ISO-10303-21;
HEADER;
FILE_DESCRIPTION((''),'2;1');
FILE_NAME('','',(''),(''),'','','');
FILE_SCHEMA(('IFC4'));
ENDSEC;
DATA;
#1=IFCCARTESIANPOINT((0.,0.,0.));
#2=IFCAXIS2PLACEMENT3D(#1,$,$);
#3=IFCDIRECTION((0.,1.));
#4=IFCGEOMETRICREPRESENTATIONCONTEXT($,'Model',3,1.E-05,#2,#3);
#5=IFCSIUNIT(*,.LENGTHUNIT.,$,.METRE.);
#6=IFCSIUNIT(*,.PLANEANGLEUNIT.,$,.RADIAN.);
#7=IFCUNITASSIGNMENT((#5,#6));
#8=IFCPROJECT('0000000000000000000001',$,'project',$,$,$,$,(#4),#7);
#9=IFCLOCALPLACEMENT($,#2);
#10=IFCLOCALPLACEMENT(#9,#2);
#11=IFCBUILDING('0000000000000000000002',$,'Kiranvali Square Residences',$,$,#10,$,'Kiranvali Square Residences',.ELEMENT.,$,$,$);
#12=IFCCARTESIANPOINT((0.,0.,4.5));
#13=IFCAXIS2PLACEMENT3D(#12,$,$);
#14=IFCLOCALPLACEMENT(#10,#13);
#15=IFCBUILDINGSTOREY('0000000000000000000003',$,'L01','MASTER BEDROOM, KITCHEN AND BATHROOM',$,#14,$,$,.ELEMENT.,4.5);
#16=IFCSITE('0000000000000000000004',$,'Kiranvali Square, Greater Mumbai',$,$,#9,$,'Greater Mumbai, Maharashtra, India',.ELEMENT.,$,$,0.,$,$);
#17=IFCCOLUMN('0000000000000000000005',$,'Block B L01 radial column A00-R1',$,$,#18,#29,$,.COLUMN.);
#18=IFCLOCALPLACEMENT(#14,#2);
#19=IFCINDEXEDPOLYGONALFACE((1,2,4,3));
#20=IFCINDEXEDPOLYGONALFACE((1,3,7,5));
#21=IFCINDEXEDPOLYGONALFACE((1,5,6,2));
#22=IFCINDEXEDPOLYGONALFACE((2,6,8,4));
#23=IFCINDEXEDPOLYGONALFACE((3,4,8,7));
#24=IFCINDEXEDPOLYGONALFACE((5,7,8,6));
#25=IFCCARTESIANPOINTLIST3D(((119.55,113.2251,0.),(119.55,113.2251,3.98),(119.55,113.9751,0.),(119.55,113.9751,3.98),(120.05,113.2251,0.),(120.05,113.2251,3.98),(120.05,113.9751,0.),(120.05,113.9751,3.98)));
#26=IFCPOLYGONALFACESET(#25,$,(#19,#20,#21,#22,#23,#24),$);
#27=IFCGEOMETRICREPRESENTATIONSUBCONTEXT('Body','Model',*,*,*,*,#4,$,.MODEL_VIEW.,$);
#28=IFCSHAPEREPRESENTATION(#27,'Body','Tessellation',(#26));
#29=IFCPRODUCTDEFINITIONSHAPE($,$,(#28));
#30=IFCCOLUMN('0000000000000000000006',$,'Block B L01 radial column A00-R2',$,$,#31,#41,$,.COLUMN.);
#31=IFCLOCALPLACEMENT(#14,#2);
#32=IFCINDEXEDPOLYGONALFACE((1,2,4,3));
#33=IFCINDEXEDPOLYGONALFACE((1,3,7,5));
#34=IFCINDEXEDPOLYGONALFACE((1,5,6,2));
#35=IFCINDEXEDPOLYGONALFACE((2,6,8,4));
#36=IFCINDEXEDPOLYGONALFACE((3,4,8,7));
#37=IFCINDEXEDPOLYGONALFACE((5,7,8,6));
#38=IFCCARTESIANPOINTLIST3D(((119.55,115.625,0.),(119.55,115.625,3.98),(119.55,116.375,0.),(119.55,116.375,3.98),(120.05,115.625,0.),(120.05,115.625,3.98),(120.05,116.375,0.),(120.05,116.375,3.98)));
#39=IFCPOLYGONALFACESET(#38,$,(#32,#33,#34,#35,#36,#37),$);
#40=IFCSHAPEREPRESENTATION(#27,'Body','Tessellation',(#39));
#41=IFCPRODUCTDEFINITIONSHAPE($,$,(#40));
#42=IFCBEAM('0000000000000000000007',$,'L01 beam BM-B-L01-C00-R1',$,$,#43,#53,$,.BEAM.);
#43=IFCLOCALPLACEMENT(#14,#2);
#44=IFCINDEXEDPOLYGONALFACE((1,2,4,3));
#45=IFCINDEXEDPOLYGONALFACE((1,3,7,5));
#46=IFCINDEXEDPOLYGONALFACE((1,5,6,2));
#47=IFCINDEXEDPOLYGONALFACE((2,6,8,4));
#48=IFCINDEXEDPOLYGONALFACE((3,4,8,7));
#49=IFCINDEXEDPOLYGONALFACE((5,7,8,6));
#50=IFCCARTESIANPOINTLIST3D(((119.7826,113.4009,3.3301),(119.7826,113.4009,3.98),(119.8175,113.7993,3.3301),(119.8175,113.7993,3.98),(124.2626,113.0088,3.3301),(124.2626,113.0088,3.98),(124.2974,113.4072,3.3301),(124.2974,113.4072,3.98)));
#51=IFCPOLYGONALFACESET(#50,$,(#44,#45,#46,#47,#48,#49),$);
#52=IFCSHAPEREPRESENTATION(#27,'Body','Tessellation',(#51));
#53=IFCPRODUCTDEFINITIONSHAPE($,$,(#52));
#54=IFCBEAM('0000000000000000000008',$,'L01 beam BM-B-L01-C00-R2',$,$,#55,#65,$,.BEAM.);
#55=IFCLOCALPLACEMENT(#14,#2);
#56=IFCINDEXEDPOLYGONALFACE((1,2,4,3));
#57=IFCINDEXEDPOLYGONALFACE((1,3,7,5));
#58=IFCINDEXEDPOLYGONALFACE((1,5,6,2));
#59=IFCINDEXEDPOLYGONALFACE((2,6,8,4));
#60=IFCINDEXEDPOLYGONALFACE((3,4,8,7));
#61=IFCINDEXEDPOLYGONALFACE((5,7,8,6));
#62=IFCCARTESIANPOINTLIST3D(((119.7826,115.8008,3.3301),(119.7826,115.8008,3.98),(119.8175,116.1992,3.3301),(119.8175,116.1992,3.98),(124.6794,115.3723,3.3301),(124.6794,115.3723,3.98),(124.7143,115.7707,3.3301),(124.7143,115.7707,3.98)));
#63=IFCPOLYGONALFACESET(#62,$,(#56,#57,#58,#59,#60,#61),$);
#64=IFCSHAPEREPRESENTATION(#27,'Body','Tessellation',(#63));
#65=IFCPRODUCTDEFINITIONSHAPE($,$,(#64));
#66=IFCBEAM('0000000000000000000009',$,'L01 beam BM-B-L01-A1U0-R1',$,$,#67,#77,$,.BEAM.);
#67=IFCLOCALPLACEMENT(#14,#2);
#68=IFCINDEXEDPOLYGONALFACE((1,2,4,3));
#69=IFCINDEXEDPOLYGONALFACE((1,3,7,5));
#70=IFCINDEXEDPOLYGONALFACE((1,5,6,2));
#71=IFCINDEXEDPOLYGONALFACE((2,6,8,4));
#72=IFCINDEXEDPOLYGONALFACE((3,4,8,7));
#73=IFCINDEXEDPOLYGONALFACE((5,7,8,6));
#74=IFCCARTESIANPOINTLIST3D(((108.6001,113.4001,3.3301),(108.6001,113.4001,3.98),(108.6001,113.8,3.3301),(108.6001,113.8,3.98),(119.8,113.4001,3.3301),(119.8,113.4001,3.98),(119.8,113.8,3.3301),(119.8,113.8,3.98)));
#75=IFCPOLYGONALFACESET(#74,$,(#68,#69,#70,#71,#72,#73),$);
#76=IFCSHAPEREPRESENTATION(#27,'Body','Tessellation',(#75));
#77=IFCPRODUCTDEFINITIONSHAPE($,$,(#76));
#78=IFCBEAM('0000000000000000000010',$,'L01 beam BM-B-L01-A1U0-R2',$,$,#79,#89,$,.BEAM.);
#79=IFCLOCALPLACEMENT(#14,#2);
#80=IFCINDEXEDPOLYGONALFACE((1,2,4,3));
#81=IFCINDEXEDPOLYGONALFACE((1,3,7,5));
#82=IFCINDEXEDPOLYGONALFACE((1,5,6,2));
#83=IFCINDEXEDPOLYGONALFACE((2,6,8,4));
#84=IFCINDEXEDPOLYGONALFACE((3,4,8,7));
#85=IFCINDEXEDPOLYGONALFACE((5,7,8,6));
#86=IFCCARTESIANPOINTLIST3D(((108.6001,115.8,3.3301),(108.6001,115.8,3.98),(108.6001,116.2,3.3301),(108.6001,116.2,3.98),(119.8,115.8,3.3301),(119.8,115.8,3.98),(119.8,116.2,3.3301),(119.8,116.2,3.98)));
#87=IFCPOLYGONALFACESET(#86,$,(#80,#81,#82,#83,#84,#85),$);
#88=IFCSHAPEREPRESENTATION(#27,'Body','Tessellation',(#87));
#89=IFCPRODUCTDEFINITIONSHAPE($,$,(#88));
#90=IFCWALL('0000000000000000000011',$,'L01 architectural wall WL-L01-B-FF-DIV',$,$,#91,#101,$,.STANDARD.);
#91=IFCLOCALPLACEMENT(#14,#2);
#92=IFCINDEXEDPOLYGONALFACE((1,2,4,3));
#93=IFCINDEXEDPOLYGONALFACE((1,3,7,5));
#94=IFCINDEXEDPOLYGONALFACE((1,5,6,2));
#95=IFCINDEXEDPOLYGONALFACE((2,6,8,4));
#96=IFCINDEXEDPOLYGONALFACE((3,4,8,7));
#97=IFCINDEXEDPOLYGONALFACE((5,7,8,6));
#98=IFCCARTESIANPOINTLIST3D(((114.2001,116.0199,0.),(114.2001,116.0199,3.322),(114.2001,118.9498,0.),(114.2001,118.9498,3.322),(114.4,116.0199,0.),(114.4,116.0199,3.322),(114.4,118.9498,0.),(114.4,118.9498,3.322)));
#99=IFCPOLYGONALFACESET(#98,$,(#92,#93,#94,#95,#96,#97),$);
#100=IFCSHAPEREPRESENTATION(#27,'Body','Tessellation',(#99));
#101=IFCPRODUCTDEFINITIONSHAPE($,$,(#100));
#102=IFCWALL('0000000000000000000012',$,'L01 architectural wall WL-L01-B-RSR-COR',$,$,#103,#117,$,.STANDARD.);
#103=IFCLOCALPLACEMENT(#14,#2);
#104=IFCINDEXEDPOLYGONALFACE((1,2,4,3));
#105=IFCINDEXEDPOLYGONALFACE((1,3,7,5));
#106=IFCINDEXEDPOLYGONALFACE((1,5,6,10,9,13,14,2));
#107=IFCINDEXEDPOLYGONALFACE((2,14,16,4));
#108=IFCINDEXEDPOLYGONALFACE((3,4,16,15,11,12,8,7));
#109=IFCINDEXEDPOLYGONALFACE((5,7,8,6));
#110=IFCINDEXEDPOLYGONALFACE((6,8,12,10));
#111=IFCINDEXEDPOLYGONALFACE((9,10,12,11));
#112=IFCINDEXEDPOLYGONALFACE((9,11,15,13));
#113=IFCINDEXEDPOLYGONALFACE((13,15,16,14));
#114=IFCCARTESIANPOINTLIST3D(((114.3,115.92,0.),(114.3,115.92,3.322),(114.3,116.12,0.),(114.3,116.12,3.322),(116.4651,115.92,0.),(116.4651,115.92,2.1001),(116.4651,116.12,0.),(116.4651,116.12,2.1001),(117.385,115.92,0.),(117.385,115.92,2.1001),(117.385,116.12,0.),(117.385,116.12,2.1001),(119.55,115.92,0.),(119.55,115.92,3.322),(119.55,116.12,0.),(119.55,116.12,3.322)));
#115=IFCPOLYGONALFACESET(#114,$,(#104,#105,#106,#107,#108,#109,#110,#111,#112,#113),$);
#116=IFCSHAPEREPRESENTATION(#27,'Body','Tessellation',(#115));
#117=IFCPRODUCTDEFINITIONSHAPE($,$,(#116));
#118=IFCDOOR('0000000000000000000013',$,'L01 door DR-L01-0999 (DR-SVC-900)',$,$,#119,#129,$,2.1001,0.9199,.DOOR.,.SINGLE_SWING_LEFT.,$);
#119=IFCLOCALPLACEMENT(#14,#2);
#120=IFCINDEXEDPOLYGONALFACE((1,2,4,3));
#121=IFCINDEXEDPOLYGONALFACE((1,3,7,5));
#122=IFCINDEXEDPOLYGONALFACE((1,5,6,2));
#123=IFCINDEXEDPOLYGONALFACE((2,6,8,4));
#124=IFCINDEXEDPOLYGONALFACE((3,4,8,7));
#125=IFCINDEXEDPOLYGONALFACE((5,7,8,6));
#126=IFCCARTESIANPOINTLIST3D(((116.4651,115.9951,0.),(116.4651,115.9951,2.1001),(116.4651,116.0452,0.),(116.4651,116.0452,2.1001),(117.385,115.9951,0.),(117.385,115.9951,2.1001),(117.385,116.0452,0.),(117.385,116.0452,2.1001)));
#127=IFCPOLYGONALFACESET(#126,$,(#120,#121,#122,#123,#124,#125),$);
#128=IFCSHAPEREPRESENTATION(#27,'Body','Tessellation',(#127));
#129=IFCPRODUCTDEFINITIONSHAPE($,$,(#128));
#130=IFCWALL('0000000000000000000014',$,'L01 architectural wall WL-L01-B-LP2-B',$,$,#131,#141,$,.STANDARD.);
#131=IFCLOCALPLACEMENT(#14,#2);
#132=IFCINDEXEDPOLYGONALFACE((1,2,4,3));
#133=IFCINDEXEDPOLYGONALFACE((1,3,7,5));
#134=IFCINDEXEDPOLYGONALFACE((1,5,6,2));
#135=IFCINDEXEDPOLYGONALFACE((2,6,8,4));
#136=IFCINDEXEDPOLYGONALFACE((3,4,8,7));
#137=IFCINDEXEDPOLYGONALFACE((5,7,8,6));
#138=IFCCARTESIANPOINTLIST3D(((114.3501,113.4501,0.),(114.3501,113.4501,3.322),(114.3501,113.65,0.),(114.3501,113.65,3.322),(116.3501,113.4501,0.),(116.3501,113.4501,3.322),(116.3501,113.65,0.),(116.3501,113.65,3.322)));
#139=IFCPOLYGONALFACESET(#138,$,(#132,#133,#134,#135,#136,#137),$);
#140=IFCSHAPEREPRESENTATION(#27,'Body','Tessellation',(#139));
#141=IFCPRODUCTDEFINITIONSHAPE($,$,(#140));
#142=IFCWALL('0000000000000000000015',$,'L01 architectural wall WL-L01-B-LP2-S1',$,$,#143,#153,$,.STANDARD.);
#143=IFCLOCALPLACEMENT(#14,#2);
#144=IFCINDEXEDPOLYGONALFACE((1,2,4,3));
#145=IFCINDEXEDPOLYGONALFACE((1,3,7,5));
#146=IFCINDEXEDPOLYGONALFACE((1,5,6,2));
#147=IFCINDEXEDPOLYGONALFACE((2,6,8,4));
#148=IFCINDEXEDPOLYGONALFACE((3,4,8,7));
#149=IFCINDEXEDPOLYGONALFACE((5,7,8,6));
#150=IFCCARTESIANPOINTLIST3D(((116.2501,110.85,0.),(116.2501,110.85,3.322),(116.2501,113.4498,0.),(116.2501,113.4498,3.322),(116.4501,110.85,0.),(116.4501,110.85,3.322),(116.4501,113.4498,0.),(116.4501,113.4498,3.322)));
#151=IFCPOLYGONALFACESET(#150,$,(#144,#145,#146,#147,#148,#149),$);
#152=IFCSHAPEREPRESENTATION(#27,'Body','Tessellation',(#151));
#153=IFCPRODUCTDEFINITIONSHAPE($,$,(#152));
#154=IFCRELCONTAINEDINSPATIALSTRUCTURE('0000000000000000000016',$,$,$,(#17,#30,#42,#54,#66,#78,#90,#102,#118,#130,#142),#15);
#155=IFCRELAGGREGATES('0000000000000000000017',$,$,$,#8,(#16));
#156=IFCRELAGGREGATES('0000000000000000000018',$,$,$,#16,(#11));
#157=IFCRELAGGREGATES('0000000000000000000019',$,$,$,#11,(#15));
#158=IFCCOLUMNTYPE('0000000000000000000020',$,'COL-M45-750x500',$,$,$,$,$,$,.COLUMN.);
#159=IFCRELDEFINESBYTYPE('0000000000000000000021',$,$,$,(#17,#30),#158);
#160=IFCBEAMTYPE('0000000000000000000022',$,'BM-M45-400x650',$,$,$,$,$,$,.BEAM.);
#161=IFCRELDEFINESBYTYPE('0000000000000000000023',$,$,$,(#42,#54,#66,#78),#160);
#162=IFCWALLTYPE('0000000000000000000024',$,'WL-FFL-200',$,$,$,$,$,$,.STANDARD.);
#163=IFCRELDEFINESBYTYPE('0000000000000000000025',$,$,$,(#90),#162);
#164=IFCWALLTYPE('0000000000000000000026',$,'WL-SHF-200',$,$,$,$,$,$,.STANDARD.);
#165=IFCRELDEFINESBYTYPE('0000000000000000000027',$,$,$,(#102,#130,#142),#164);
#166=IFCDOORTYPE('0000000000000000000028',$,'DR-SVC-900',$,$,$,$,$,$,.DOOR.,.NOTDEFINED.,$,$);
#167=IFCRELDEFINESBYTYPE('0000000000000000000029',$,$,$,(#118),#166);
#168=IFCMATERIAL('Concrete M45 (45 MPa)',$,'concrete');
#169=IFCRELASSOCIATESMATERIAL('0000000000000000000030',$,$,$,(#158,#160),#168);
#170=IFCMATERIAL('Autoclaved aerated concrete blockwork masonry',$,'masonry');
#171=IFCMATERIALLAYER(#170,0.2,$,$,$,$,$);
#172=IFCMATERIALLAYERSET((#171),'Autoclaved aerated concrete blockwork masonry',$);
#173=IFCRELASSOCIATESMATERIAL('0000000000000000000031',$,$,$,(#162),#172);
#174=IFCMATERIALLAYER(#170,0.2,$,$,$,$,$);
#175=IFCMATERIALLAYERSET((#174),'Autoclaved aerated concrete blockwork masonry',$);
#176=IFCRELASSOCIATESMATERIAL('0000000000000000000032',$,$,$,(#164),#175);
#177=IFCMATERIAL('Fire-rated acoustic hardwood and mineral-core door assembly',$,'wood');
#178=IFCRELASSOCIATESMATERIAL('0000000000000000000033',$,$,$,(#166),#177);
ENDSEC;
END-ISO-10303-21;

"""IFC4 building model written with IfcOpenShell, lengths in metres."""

from ifc_helpers import new_model, si_unit, direction, frame, frame_2d, origin, origin_2d, place, context, subcontext, project, spatial, rectangle, extrude, material, layer, layer_set, material_profile, profile_set, type_object, element, fill, save


model = new_model("IFC4")

# Units and contexts
model_context = context("Model", 3, precision=1e-05, world=origin(), true_north=direction((0.0, 1.0)))
body_context = subcontext(model_context, "Body", "Model", "MODEL_VIEW")
ifc_project = project(units=[si_unit("LENGTHUNIT", "METRE"), si_unit("PLANEANGLEUNIT", "RADIAN")], contexts=[model_context])

# Site, building, storey
site_placement = place(None, origin())
site = spatial("IfcSite", under=ifc_project, at=site_placement, Name="Kiranvali Square, Greater Mumbai", LongName="Greater Mumbai, Maharashtra, India", CompositionType="ELEMENT", RefElevation=0.0)
building_placement = place(site_placement, origin())
building = spatial("IfcBuilding", under=site, at=building_placement, Name="Kiranvali Square Residences", LongName="Kiranvali Square Residences", CompositionType="ELEMENT")
storey_placement = place(building_placement, frame((0.0, 0.0, 4.5)))
storey = spatial("IfcBuildingStorey", under=building, at=storey_placement, Name="L01", Description="MASTER BEDROOM, KITCHEN AND BATHROOM", CompositionType="ELEMENT", Elevation=4.5)

# Columns
ifc_material_1 = material(Name="Concrete M45 (45 MPa)", Category="concrete")
ifc_material_profile_1 = material_profile(ifc_material_1, rectangle(XDim=0.5, YDim=0.75, at=origin_2d()), Name="RC 750x500")
ifc_profile_set_1 = profile_set([ifc_material_profile_1], Name="Concrete M45 (45 MPa)")
column_type = type_object("IfcColumnType", Name="COL-M45-750x500", PredefinedType="COLUMN", material=ifc_profile_set_1)
for number, where, z_axis, x_axis, name in (
    (1, (119.8, 113.6001, 0.0), (0.0, 0.0, 1.0), (1.0, 0.0, 0.0), "Block B L01 radial column A00-R1"),
    (2, (119.8, 116.0, 0.0), (0.0, 0.0, 1.0), (1.0, 0.0, 0.0), "Block B L01 radial column A00-R2"),
):
    element("IfcColumn", number, at=place(storey_placement, frame(where, z_axis=z_axis, x_axis=x_axis)), inside=storey, type_object=column_type, Name=name, PredefinedType="COLUMN", context=body_context, shape_type="SweptSolid", body=[
        extrude(rectangle(XDim=0.5, YDim=0.75, at=origin_2d()), origin(), (0.0, 0.0, 1.0), 3.98),
    ])

# Beams
ifc_material_profile_2 = material_profile(ifc_material_1, rectangle(XDim=0.3999, YDim=0.6499, at=origin_2d()), Name="RC 400x650")
ifc_profile_set_2 = profile_set([ifc_material_profile_2], Name="Concrete M45 (45 MPa)")
beam_type = type_object("IfcBeamType", Name="BM-M45-400x650", PredefinedType="BEAM", material=ifc_profile_set_2)
beam_1_placement = place(storey_placement, frame((119.8, 113.6001, 3.655), z_axis=(0.996192, -0.087187, 0.0), x_axis=(0.087187, 0.996192, 0.0)))
element("IfcBeam", 3, at=beam_1_placement, inside=storey, type_object=beam_type, Name="L01 beam BM-B-L01-C00-R1", PredefinedType="BEAM", context=body_context, shape_type="SweptSolid", body=[
    extrude(rectangle(XDim=0.3999, YDim=0.6499, at=origin_2d()), origin(), (0.0, 0.0, 1.0), 4.4971),
])
beam_2_placement = place(storey_placement, frame((119.8, 116.0, 3.655), z_axis=(0.996194, -0.087168, 0.0), x_axis=(0.087168, 0.996194, 0.0)))
element("IfcBeam", 4, at=beam_2_placement, inside=storey, type_object=beam_type, Name="L01 beam BM-B-L01-C00-R2", PredefinedType="BEAM", context=body_context, shape_type="SweptSolid", body=[
    extrude(rectangle(XDim=0.3999, YDim=0.6499, at=origin_2d()), origin(), (0.0, 0.0, 1.0), 4.9155),
])
for number, where, z_axis, x_axis, name in (
    (5, (119.8, 113.6001, 3.655), (-1.0, 0.0, 0.0), (0.0, -1.0, 0.0), "L01 beam BM-B-L01-A1U0-R1"),
    (6, (119.8, 116.0, 3.655), (-1.0, 0.0, 0.0), (0.0, -1.0, 0.0), "L01 beam BM-B-L01-A1U0-R2"),
):
    element("IfcBeam", number, at=place(storey_placement, frame(where, z_axis=z_axis, x_axis=x_axis)), inside=storey, type_object=beam_type, Name=name, PredefinedType="BEAM", context=body_context, shape_type="SweptSolid", body=[
        extrude(rectangle(XDim=0.3999, YDim=0.6499, at=origin_2d()), origin(), (0.0, 0.0, 1.0), 11.2),
    ])

# Shared definitions
ifc_material_2 = material(Name="Autoclaved aerated concrete blockwork masonry", Category="masonry")
ifc_material_3 = material(Name="Fire-rated acoustic hardwood and mineral-core door assembly", Category="wood")
ifc_layer_1 = layer(ifc_material_2, 0.2)
ifc_layer_set_1 = layer_set([ifc_layer_1], Name="Autoclaved aerated concrete blockwork masonry")
wall_type_1 = type_object("IfcWallType", Name="WL-FFL-200", PredefinedType="STANDARD", material=ifc_layer_set_1)

# Wall
wall_1_placement = place(storey_placement, frame((114.3, 116.02, 0.0), z_axis=(0.0, 0.0, 1.0), x_axis=(0.0, 1.0, 0.0)))
element("IfcWall", 7, at=wall_1_placement, inside=storey, type_object=wall_type_1, Name="L01 architectural wall WL-L01-B-FF-DIV", PredefinedType="STANDARD", context=body_context, shape_type="SweptSolid", body=[
    extrude(rectangle(XDim=2.9299, YDim=0.2, at=frame_2d((1.4648, 0.0))), origin(), (0.0, 0.0, 1.0), 3.322),
])

# Wall, opening, door
ifc_layer_2 = layer(ifc_material_2, 0.2)
ifc_layer_set_2 = layer_set([ifc_layer_2], Name="Autoclaved aerated concrete blockwork masonry")
wall_type_2 = type_object("IfcWallType", Name="WL-SHF-200", PredefinedType="STANDARD", material=ifc_layer_set_2)
wall_2_placement = place(storey_placement, frame((119.55, 116.02, 0.0), z_axis=(0.0, 0.0, 1.0), x_axis=(-1.0, 0.0, 0.0)))
wall_2 = element("IfcWall", 8, at=wall_2_placement, inside=storey, type_object=wall_type_2, Name="L01 architectural wall WL-L01-B-RSR-COR", PredefinedType="STANDARD", context=body_context, shape_type="SweptSolid", body=[
    extrude(rectangle(XDim=5.25, YDim=0.2, at=frame_2d((2.625, 0.0))), origin(), (0.0, 0.0, 1.0), 3.322),
])
opening_1_placement = place(wall_2_placement, frame((2.165, 0.0, 0.0)))
opening_1 = element("IfcOpeningElement", 9, at=opening_1_placement, cuts=wall_2, PredefinedType="OPENING", context=body_context, shape_type="SweptSolid", body=[
    extrude(rectangle(XDim=0.9199, YDim=2.1001, at=frame_2d((0.46, 1.05))), frame((0.0, 0.1099, 0.0), z_axis=(0.0, -1.0, 0.0), x_axis=(1.0, 0.0, 0.0)), (0.0, 0.0, 1.0), 0.22),
])
door_type_1 = type_object("IfcDoorType", Name="DR-SVC-900", OperationType="NOTDEFINED", PredefinedType="DOOR", material=ifc_material_3)
door_1_placement = place(opening_1_placement, origin())
door_1 = element("IfcDoor", 10, at=door_1_placement, inside=storey, type_object=door_type_1, Name="L01 door DR-L01-0999 (DR-SVC-900)", OperationType="SINGLE_SWING_LEFT", OverallHeight=2.1001, OverallWidth=0.9199, PredefinedType="DOOR", context=body_context, shape_type="SweptSolid", body=[
    extrude(rectangle(XDim=0.9199, YDim=2.1001, at=frame_2d((0.46, 1.05))), frame((0.0, 0.0249, 0.0), z_axis=(0.0, -1.0, 0.0), x_axis=(1.0, 0.0, 0.0)), (0.0, 0.0, 1.0), 0.05),
])
fill(opening_1, door_1)

# Walls
wall_3_placement = place(storey_placement, frame((116.3501, 113.55, 0.0), z_axis=(0.0, 0.0, 1.0), x_axis=(-1.0, 0.0, 0.0)))
element("IfcWall", 11, at=wall_3_placement, inside=storey, type_object=wall_type_2, Name="L01 architectural wall WL-L01-B-LP2-B", PredefinedType="STANDARD", context=body_context, shape_type="SweptSolid", body=[
    extrude(rectangle(XDim=2.0, YDim=0.2, at=frame_2d((1.0, 0.0))), origin(), (0.0, 0.0, 1.0), 3.322),
])
wall_4_placement = place(storey_placement, frame((116.3501, 110.8501, 0.0), z_axis=(0.0, 0.0, 1.0), x_axis=(0.0, 1.0, 0.0)))
element("IfcWall", 12, at=wall_4_placement, inside=storey, type_object=wall_type_2, Name="L01 architectural wall WL-L01-B-LP2-S1", PredefinedType="STANDARD", context=body_context, shape_type="SweptSolid", body=[
    extrude(rectangle(XDim=2.5999, YDim=0.2, at=frame_2d((1.2998, 0.0))), origin(), (0.0, 0.0, 1.0), 3.322),
])

save(model, "model.ifc")
